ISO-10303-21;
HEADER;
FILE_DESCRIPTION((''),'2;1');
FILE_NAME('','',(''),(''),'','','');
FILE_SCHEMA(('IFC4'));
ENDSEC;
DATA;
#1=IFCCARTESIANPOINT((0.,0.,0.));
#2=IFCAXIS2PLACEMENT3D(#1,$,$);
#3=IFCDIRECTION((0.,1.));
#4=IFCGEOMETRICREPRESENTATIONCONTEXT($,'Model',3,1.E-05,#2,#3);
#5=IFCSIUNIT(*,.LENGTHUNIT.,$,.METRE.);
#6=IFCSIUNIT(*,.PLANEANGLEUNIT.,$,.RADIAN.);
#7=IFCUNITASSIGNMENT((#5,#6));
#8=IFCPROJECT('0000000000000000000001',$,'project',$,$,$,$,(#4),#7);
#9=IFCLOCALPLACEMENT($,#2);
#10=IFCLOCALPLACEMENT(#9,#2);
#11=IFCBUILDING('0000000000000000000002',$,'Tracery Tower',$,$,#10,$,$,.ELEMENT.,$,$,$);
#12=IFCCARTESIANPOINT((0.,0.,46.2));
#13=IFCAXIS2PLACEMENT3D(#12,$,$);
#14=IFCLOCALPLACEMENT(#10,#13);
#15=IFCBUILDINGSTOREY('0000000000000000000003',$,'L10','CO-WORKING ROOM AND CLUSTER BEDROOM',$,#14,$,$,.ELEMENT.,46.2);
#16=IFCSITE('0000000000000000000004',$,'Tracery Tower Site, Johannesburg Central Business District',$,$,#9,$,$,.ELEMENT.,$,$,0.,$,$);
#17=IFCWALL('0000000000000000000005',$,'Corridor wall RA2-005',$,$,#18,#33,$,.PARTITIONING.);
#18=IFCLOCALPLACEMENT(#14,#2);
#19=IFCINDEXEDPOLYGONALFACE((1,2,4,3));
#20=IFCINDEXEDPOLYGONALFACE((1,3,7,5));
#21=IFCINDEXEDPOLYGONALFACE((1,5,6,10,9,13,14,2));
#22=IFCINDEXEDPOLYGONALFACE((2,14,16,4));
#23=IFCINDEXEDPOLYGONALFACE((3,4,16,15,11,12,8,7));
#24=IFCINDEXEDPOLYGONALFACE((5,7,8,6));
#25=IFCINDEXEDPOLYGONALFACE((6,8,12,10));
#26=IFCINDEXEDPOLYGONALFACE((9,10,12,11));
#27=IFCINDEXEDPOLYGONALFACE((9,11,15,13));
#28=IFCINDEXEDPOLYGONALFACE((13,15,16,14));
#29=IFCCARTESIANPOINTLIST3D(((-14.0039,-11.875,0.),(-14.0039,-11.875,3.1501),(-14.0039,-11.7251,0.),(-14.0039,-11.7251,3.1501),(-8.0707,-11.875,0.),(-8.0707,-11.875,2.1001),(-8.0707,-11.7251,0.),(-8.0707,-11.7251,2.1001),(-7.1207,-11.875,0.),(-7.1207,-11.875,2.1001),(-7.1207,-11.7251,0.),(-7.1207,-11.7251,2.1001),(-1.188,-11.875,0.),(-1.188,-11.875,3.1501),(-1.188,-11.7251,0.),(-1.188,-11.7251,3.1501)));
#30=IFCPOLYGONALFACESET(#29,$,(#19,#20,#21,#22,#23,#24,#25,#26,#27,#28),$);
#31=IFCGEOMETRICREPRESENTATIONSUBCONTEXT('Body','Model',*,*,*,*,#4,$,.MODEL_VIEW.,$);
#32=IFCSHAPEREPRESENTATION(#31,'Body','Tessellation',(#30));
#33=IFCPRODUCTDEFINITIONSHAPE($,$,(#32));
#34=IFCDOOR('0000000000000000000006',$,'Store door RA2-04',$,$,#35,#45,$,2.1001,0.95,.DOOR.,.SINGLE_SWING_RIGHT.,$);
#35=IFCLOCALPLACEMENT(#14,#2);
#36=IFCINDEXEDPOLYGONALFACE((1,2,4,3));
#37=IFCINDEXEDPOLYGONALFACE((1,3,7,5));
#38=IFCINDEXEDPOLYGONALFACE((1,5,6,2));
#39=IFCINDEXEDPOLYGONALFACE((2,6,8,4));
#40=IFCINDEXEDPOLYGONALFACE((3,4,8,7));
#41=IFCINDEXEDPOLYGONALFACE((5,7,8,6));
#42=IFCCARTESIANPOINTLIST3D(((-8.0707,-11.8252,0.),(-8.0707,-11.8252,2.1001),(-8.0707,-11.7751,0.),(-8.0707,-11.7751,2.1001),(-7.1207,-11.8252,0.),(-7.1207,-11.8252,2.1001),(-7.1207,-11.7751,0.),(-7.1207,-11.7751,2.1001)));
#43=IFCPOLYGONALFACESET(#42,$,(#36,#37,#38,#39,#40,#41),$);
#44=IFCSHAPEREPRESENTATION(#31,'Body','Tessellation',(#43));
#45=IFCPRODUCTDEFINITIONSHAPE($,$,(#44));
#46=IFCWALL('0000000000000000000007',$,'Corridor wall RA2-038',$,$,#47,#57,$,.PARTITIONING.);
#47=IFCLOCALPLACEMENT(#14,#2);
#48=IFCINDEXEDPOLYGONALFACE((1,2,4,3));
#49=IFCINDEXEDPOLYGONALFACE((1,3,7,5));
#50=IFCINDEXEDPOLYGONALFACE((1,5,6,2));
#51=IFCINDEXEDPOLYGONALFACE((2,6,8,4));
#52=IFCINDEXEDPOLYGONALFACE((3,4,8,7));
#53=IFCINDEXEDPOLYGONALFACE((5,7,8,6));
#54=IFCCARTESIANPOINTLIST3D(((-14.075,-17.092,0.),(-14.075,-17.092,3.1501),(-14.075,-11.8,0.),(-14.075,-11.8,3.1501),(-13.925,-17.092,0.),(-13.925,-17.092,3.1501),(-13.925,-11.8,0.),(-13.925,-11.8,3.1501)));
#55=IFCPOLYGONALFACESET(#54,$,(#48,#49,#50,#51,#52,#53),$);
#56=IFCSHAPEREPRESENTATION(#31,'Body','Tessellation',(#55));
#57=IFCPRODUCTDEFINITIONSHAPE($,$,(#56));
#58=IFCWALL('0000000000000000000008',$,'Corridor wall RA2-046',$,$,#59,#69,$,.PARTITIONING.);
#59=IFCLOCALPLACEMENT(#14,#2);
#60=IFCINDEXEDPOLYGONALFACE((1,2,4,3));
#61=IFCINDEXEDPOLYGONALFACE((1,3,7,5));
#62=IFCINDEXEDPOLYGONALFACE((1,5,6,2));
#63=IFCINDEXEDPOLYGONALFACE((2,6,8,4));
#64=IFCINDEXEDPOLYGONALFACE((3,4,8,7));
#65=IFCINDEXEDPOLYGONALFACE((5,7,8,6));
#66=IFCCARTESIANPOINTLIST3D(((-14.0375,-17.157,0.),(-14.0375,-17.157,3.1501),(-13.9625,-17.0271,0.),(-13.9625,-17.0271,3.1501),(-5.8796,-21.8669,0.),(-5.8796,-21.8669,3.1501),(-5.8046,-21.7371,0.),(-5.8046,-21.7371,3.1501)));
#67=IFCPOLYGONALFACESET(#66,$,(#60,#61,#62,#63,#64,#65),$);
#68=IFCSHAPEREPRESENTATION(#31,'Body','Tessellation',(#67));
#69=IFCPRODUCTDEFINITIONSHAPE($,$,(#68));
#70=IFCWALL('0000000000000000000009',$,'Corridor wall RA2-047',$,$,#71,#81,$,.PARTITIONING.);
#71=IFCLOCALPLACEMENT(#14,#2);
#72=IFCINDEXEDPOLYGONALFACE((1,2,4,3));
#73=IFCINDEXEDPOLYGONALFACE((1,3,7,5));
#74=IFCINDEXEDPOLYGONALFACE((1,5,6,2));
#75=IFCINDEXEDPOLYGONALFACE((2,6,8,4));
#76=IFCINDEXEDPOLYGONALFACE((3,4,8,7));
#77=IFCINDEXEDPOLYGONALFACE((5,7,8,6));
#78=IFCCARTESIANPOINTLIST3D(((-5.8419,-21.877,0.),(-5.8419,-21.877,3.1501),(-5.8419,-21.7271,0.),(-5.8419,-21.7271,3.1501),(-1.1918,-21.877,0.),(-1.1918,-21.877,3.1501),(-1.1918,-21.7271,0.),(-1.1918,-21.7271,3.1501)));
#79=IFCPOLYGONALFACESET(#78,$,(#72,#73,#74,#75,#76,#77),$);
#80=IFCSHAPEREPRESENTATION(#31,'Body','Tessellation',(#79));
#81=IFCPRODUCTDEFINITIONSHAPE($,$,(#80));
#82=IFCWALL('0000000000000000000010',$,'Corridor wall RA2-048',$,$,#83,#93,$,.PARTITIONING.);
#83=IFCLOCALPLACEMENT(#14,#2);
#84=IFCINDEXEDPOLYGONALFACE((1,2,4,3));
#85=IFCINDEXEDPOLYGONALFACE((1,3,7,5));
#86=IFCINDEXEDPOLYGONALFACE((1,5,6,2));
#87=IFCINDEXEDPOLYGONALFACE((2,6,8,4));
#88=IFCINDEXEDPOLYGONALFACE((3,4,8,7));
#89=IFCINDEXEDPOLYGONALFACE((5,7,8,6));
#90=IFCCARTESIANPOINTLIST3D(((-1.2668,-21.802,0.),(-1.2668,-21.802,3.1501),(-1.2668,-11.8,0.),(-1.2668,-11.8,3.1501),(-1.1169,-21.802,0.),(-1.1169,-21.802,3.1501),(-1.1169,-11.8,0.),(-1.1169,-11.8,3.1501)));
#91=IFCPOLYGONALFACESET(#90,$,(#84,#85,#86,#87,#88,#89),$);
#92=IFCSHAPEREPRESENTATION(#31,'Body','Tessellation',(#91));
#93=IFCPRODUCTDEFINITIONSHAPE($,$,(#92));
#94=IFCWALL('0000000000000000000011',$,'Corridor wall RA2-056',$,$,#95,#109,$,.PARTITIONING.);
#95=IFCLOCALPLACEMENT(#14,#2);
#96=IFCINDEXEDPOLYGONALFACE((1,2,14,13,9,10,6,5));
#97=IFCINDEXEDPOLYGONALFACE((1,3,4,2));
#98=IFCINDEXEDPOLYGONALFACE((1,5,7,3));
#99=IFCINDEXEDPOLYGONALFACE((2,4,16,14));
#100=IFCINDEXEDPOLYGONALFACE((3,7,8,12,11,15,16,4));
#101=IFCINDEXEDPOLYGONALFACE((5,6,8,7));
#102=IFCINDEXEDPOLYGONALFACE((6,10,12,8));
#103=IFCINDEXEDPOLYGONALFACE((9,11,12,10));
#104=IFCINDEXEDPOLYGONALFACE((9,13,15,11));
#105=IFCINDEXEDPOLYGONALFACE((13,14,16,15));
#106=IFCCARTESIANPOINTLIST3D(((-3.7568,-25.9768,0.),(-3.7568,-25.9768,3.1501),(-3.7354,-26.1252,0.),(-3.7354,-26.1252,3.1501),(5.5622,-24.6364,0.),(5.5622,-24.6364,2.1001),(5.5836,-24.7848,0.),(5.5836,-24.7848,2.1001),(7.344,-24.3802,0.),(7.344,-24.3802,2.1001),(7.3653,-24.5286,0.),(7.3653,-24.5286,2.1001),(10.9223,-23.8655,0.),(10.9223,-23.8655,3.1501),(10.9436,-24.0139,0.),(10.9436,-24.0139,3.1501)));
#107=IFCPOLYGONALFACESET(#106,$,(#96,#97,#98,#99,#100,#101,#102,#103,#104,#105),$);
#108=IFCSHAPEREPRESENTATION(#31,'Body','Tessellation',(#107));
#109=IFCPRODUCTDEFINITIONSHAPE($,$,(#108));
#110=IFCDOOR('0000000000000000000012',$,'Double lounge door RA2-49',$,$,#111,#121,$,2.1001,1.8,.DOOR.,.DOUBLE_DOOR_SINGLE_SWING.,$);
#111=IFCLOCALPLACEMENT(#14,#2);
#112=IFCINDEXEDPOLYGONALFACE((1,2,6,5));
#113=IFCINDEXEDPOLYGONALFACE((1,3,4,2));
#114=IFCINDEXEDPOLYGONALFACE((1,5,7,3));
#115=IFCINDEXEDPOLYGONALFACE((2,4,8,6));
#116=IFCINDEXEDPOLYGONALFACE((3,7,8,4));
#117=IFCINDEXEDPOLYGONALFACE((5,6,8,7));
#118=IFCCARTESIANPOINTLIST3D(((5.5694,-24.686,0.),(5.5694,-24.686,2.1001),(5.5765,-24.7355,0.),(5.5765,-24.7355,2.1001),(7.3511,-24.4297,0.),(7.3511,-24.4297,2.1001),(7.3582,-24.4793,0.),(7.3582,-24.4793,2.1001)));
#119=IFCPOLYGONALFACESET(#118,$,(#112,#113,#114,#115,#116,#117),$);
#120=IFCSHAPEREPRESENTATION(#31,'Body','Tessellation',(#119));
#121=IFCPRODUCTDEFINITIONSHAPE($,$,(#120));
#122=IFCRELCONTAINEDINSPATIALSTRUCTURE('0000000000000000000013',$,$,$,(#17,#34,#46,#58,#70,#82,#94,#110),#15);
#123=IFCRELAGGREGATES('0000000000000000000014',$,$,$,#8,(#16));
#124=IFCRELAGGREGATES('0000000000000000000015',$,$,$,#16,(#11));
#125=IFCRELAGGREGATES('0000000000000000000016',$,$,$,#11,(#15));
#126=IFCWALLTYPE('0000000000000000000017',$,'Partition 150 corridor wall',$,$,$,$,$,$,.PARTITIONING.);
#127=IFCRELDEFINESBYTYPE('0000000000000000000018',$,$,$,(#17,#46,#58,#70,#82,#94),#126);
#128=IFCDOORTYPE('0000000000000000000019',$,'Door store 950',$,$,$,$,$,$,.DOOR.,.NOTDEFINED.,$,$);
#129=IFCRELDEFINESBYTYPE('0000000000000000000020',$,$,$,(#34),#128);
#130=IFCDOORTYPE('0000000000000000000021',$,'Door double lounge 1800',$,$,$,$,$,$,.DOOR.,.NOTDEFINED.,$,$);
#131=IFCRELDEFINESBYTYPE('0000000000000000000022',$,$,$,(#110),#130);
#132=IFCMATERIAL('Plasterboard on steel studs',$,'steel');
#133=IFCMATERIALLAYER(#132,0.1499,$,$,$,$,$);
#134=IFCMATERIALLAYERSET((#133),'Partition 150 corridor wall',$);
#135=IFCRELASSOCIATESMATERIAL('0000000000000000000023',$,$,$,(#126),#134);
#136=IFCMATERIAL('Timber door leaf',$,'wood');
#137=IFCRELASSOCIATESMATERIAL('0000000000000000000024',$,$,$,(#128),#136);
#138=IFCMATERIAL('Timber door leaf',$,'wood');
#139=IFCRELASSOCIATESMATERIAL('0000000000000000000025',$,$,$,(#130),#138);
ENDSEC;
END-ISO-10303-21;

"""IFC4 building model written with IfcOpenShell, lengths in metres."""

from ifc_helpers import new_model, si_unit, direction, frame, frame_2d, origin, place, context, subcontext, project, spatial, rectangle, extrude, material, layer, layer_set, type_object, element, fill, save


model = new_model("IFC4")

# Units and contexts
model_context = context("Model", 3, precision=1e-05, world=origin(), true_north=direction((0.0, 1.0)))
body_context = subcontext(model_context, "Body", "Model", "MODEL_VIEW")
ifc_project = project(units=[si_unit("LENGTHUNIT", "METRE"), si_unit("PLANEANGLEUNIT", "RADIAN")], contexts=[model_context])

# Site, building, storey
site_placement = place(None, origin())
site = spatial("IfcSite", under=ifc_project, at=site_placement, Name="Tracery Tower Site, Johannesburg Central Business District", CompositionType="ELEMENT", RefElevation=0.0)
building_placement = place(site_placement, origin())
building = spatial("IfcBuilding", under=site, at=building_placement, Name="Tracery Tower", CompositionType="ELEMENT")
storey_placement = place(building_placement, frame((0.0, 0.0, 46.2)))
storey = spatial("IfcBuildingStorey", under=building, at=storey_placement, Name="L10", Description="CO-WORKING ROOM AND CLUSTER BEDROOM", CompositionType="ELEMENT", Elevation=46.2)

# Wall, opening, door
ifc_material_1 = material(Name="Plasterboard on steel studs", Category="steel")
ifc_layer_1 = layer(ifc_material_1, 0.1499)
ifc_layer_set_1 = layer_set([ifc_layer_1], Name="Partition 150 corridor wall")
wall_type_1 = type_object("IfcWallType", Name="Partition 150 corridor wall", PredefinedType="PARTITIONING", material=ifc_layer_set_1)
wall_1_placement = place(storey_placement, frame((-14.0039, -11.8, 0.0), z_axis=(0.0, 0.0, 1.0), x_axis=(1.0, 0.0, 0.0)))
wall_1 = element("IfcWall", 1, at=wall_1_placement, inside=storey, type_object=wall_type_1, Name="Corridor wall RA2-005", PredefinedType="PARTITIONING", context=body_context, shape_type="SweptSolid", body=[
    extrude(rectangle(XDim=12.8159, YDim=0.1499, at=frame_2d((6.408, 0.0))), origin(), (0.0, 0.0, 1.0), 3.1501),
])
opening_1_placement = place(wall_1_placement, frame((5.9331, 0.0, 0.0)))
opening_1 = element("IfcOpeningElement", 2, at=opening_1_placement, cuts=wall_1, PredefinedType="OPENING", context=body_context, shape_type="SweptSolid", body=[
    extrude(rectangle(XDim=0.95, YDim=2.1001, at=frame_2d((0.4751, 1.05))), frame((0.0, 0.075, 0.0), z_axis=(0.0, -1.0, 0.0), x_axis=(1.0, 0.0, 0.0)), (0.0, 0.0, 1.0), 0.1499),
])
ifc_material_2 = material(Name="Timber door leaf", Category="wood")
door_type_1 = type_object("IfcDoorType", Name="Door store 950", OperationType="NOTDEFINED", PredefinedType="DOOR", material=ifc_material_2)
door_1_placement = place(opening_1_placement, origin())
door_1 = element("IfcDoor", 3, at=door_1_placement, inside=storey, type_object=door_type_1, Name="Store door RA2-04", OperationType="SINGLE_SWING_RIGHT", OverallHeight=2.1001, OverallWidth=0.95, PredefinedType="DOOR", context=body_context, shape_type="SweptSolid", body=[
    extrude(rectangle(XDim=0.95, YDim=2.1001, at=frame_2d((0.4751, 1.05))), frame((0.0, 0.0249, 0.0), z_axis=(0.0, -1.0, 0.0), x_axis=(1.0, 0.0, 0.0)), (0.0, 0.0, 1.0), 0.05),
])
fill(opening_1, door_1)

# Walls
wall_2_placement = place(storey_placement, frame((-14.0, -17.092, 0.0), z_axis=(0.0, 0.0, 1.0), x_axis=(0.0, 1.0, 0.0)))
element("IfcWall", 4, at=wall_2_placement, inside=storey, type_object=wall_type_1, Name="Corridor wall RA2-038", PredefinedType="PARTITIONING", context=body_context, shape_type="SweptSolid", body=[
    extrude(rectangle(XDim=5.292, YDim=0.1499, at=frame_2d((2.646, 0.0))), origin(), (0.0, 0.0, 1.0), 3.1501),
])
wall_3_placement = place(storey_placement, frame((-14.0, -17.092, 0.0), z_axis=(0.0, 0.0, 1.0), x_axis=(0.866027, -0.499997, 0.0)))
element("IfcWall", 5, at=wall_3_placement, inside=storey, type_object=wall_type_1, Name="Corridor wall RA2-046", PredefinedType="PARTITIONING", context=body_context, shape_type="SweptSolid", body=[
    extrude(rectangle(XDim=9.4199, YDim=0.1499, at=frame_2d((4.71, 0.0))), origin(), (0.0, 0.0, 1.0), 3.1501),
])
wall_4_placement = place(storey_placement, frame((-5.842, -21.802, 0.0), z_axis=(0.0, 0.0, 1.0), x_axis=(1.0, 0.0, 0.0)))
element("IfcWall", 6, at=wall_4_placement, inside=storey, type_object=wall_type_1, Name="Corridor wall RA2-047", PredefinedType="PARTITIONING", context=body_context, shape_type="SweptSolid", body=[
    extrude(rectangle(XDim=4.6501, YDim=0.1499, at=frame_2d((2.3252, 0.0))), origin(), (0.0, 0.0, 1.0), 3.1501),
])
wall_5_placement = place(storey_placement, frame((-1.1919, -21.802, 0.0), z_axis=(0.0, 0.0, 1.0), x_axis=(0.0, 1.0, 0.0)))
element("IfcWall", 7, at=wall_5_placement, inside=storey, type_object=wall_type_1, Name="Corridor wall RA2-048", PredefinedType="PARTITIONING", context=body_context, shape_type="SweptSolid", body=[
    extrude(rectangle(XDim=10.002, YDim=0.1499, at=frame_2d((5.001, 0.0))), origin(), (0.0, 0.0, 1.0), 3.1501),
])

# Wall, opening, door
wall_6_placement = place(storey_placement, frame((-3.7461, -26.051, 0.0), z_axis=(0.0, 0.0, 1.0), x_axis=(0.989814, 0.142369, 0.0)))
wall_6 = element("IfcWall", 8, at=wall_6_placement, inside=storey, type_object=wall_type_1, Name="Corridor wall RA2-056", PredefinedType="PARTITIONING", context=body_context, shape_type="SweptSolid", body=[
    extrude(rectangle(XDim=14.8301, YDim=0.1499, at=frame_2d((7.415, 0.0))), origin(), (0.0, 0.0, 1.0), 3.1501),
])
opening_2_placement = place(wall_6_placement, frame((9.415, 0.0, 0.0)))
opening_2 = element("IfcOpeningElement", 9, at=opening_2_placement, cuts=wall_6, PredefinedType="OPENING", context=body_context, shape_type="SweptSolid", body=[
    extrude(rectangle(XDim=1.8, YDim=2.1001, at=frame_2d((0.8999, 1.05))), frame((0.0, 0.075, 0.0), z_axis=(0.0, -1.0, 0.0), x_axis=(1.0, 0.0, 0.0)), (0.0, 0.0, 1.0), 0.1499),
])
ifc_material_3 = material(Name="Timber door leaf", Category="wood")
door_type_2 = type_object("IfcDoorType", Name="Door double lounge 1800", OperationType="NOTDEFINED", PredefinedType="DOOR", material=ifc_material_3)
door_2_placement = place(opening_2_placement, origin())
door_2 = element("IfcDoor", 10, at=door_2_placement, inside=storey, type_object=door_type_2, Name="Double lounge door RA2-49", OperationType="DOUBLE_DOOR_SINGLE_SWING", OverallHeight=2.1001, OverallWidth=1.8, PredefinedType="DOOR", context=body_context, shape_type="SweptSolid", body=[
    extrude(rectangle(XDim=1.8, YDim=2.1001, at=frame_2d((0.8999, 1.05))), frame((0.0, 0.0249, 0.0), z_axis=(0.0, -1.0, 0.0), x_axis=(1.0, 0.0, 0.0)), (0.0, 0.0, 1.0), 0.05),
])
fill(opening_2, door_2)

save(model, "model.ifc")
